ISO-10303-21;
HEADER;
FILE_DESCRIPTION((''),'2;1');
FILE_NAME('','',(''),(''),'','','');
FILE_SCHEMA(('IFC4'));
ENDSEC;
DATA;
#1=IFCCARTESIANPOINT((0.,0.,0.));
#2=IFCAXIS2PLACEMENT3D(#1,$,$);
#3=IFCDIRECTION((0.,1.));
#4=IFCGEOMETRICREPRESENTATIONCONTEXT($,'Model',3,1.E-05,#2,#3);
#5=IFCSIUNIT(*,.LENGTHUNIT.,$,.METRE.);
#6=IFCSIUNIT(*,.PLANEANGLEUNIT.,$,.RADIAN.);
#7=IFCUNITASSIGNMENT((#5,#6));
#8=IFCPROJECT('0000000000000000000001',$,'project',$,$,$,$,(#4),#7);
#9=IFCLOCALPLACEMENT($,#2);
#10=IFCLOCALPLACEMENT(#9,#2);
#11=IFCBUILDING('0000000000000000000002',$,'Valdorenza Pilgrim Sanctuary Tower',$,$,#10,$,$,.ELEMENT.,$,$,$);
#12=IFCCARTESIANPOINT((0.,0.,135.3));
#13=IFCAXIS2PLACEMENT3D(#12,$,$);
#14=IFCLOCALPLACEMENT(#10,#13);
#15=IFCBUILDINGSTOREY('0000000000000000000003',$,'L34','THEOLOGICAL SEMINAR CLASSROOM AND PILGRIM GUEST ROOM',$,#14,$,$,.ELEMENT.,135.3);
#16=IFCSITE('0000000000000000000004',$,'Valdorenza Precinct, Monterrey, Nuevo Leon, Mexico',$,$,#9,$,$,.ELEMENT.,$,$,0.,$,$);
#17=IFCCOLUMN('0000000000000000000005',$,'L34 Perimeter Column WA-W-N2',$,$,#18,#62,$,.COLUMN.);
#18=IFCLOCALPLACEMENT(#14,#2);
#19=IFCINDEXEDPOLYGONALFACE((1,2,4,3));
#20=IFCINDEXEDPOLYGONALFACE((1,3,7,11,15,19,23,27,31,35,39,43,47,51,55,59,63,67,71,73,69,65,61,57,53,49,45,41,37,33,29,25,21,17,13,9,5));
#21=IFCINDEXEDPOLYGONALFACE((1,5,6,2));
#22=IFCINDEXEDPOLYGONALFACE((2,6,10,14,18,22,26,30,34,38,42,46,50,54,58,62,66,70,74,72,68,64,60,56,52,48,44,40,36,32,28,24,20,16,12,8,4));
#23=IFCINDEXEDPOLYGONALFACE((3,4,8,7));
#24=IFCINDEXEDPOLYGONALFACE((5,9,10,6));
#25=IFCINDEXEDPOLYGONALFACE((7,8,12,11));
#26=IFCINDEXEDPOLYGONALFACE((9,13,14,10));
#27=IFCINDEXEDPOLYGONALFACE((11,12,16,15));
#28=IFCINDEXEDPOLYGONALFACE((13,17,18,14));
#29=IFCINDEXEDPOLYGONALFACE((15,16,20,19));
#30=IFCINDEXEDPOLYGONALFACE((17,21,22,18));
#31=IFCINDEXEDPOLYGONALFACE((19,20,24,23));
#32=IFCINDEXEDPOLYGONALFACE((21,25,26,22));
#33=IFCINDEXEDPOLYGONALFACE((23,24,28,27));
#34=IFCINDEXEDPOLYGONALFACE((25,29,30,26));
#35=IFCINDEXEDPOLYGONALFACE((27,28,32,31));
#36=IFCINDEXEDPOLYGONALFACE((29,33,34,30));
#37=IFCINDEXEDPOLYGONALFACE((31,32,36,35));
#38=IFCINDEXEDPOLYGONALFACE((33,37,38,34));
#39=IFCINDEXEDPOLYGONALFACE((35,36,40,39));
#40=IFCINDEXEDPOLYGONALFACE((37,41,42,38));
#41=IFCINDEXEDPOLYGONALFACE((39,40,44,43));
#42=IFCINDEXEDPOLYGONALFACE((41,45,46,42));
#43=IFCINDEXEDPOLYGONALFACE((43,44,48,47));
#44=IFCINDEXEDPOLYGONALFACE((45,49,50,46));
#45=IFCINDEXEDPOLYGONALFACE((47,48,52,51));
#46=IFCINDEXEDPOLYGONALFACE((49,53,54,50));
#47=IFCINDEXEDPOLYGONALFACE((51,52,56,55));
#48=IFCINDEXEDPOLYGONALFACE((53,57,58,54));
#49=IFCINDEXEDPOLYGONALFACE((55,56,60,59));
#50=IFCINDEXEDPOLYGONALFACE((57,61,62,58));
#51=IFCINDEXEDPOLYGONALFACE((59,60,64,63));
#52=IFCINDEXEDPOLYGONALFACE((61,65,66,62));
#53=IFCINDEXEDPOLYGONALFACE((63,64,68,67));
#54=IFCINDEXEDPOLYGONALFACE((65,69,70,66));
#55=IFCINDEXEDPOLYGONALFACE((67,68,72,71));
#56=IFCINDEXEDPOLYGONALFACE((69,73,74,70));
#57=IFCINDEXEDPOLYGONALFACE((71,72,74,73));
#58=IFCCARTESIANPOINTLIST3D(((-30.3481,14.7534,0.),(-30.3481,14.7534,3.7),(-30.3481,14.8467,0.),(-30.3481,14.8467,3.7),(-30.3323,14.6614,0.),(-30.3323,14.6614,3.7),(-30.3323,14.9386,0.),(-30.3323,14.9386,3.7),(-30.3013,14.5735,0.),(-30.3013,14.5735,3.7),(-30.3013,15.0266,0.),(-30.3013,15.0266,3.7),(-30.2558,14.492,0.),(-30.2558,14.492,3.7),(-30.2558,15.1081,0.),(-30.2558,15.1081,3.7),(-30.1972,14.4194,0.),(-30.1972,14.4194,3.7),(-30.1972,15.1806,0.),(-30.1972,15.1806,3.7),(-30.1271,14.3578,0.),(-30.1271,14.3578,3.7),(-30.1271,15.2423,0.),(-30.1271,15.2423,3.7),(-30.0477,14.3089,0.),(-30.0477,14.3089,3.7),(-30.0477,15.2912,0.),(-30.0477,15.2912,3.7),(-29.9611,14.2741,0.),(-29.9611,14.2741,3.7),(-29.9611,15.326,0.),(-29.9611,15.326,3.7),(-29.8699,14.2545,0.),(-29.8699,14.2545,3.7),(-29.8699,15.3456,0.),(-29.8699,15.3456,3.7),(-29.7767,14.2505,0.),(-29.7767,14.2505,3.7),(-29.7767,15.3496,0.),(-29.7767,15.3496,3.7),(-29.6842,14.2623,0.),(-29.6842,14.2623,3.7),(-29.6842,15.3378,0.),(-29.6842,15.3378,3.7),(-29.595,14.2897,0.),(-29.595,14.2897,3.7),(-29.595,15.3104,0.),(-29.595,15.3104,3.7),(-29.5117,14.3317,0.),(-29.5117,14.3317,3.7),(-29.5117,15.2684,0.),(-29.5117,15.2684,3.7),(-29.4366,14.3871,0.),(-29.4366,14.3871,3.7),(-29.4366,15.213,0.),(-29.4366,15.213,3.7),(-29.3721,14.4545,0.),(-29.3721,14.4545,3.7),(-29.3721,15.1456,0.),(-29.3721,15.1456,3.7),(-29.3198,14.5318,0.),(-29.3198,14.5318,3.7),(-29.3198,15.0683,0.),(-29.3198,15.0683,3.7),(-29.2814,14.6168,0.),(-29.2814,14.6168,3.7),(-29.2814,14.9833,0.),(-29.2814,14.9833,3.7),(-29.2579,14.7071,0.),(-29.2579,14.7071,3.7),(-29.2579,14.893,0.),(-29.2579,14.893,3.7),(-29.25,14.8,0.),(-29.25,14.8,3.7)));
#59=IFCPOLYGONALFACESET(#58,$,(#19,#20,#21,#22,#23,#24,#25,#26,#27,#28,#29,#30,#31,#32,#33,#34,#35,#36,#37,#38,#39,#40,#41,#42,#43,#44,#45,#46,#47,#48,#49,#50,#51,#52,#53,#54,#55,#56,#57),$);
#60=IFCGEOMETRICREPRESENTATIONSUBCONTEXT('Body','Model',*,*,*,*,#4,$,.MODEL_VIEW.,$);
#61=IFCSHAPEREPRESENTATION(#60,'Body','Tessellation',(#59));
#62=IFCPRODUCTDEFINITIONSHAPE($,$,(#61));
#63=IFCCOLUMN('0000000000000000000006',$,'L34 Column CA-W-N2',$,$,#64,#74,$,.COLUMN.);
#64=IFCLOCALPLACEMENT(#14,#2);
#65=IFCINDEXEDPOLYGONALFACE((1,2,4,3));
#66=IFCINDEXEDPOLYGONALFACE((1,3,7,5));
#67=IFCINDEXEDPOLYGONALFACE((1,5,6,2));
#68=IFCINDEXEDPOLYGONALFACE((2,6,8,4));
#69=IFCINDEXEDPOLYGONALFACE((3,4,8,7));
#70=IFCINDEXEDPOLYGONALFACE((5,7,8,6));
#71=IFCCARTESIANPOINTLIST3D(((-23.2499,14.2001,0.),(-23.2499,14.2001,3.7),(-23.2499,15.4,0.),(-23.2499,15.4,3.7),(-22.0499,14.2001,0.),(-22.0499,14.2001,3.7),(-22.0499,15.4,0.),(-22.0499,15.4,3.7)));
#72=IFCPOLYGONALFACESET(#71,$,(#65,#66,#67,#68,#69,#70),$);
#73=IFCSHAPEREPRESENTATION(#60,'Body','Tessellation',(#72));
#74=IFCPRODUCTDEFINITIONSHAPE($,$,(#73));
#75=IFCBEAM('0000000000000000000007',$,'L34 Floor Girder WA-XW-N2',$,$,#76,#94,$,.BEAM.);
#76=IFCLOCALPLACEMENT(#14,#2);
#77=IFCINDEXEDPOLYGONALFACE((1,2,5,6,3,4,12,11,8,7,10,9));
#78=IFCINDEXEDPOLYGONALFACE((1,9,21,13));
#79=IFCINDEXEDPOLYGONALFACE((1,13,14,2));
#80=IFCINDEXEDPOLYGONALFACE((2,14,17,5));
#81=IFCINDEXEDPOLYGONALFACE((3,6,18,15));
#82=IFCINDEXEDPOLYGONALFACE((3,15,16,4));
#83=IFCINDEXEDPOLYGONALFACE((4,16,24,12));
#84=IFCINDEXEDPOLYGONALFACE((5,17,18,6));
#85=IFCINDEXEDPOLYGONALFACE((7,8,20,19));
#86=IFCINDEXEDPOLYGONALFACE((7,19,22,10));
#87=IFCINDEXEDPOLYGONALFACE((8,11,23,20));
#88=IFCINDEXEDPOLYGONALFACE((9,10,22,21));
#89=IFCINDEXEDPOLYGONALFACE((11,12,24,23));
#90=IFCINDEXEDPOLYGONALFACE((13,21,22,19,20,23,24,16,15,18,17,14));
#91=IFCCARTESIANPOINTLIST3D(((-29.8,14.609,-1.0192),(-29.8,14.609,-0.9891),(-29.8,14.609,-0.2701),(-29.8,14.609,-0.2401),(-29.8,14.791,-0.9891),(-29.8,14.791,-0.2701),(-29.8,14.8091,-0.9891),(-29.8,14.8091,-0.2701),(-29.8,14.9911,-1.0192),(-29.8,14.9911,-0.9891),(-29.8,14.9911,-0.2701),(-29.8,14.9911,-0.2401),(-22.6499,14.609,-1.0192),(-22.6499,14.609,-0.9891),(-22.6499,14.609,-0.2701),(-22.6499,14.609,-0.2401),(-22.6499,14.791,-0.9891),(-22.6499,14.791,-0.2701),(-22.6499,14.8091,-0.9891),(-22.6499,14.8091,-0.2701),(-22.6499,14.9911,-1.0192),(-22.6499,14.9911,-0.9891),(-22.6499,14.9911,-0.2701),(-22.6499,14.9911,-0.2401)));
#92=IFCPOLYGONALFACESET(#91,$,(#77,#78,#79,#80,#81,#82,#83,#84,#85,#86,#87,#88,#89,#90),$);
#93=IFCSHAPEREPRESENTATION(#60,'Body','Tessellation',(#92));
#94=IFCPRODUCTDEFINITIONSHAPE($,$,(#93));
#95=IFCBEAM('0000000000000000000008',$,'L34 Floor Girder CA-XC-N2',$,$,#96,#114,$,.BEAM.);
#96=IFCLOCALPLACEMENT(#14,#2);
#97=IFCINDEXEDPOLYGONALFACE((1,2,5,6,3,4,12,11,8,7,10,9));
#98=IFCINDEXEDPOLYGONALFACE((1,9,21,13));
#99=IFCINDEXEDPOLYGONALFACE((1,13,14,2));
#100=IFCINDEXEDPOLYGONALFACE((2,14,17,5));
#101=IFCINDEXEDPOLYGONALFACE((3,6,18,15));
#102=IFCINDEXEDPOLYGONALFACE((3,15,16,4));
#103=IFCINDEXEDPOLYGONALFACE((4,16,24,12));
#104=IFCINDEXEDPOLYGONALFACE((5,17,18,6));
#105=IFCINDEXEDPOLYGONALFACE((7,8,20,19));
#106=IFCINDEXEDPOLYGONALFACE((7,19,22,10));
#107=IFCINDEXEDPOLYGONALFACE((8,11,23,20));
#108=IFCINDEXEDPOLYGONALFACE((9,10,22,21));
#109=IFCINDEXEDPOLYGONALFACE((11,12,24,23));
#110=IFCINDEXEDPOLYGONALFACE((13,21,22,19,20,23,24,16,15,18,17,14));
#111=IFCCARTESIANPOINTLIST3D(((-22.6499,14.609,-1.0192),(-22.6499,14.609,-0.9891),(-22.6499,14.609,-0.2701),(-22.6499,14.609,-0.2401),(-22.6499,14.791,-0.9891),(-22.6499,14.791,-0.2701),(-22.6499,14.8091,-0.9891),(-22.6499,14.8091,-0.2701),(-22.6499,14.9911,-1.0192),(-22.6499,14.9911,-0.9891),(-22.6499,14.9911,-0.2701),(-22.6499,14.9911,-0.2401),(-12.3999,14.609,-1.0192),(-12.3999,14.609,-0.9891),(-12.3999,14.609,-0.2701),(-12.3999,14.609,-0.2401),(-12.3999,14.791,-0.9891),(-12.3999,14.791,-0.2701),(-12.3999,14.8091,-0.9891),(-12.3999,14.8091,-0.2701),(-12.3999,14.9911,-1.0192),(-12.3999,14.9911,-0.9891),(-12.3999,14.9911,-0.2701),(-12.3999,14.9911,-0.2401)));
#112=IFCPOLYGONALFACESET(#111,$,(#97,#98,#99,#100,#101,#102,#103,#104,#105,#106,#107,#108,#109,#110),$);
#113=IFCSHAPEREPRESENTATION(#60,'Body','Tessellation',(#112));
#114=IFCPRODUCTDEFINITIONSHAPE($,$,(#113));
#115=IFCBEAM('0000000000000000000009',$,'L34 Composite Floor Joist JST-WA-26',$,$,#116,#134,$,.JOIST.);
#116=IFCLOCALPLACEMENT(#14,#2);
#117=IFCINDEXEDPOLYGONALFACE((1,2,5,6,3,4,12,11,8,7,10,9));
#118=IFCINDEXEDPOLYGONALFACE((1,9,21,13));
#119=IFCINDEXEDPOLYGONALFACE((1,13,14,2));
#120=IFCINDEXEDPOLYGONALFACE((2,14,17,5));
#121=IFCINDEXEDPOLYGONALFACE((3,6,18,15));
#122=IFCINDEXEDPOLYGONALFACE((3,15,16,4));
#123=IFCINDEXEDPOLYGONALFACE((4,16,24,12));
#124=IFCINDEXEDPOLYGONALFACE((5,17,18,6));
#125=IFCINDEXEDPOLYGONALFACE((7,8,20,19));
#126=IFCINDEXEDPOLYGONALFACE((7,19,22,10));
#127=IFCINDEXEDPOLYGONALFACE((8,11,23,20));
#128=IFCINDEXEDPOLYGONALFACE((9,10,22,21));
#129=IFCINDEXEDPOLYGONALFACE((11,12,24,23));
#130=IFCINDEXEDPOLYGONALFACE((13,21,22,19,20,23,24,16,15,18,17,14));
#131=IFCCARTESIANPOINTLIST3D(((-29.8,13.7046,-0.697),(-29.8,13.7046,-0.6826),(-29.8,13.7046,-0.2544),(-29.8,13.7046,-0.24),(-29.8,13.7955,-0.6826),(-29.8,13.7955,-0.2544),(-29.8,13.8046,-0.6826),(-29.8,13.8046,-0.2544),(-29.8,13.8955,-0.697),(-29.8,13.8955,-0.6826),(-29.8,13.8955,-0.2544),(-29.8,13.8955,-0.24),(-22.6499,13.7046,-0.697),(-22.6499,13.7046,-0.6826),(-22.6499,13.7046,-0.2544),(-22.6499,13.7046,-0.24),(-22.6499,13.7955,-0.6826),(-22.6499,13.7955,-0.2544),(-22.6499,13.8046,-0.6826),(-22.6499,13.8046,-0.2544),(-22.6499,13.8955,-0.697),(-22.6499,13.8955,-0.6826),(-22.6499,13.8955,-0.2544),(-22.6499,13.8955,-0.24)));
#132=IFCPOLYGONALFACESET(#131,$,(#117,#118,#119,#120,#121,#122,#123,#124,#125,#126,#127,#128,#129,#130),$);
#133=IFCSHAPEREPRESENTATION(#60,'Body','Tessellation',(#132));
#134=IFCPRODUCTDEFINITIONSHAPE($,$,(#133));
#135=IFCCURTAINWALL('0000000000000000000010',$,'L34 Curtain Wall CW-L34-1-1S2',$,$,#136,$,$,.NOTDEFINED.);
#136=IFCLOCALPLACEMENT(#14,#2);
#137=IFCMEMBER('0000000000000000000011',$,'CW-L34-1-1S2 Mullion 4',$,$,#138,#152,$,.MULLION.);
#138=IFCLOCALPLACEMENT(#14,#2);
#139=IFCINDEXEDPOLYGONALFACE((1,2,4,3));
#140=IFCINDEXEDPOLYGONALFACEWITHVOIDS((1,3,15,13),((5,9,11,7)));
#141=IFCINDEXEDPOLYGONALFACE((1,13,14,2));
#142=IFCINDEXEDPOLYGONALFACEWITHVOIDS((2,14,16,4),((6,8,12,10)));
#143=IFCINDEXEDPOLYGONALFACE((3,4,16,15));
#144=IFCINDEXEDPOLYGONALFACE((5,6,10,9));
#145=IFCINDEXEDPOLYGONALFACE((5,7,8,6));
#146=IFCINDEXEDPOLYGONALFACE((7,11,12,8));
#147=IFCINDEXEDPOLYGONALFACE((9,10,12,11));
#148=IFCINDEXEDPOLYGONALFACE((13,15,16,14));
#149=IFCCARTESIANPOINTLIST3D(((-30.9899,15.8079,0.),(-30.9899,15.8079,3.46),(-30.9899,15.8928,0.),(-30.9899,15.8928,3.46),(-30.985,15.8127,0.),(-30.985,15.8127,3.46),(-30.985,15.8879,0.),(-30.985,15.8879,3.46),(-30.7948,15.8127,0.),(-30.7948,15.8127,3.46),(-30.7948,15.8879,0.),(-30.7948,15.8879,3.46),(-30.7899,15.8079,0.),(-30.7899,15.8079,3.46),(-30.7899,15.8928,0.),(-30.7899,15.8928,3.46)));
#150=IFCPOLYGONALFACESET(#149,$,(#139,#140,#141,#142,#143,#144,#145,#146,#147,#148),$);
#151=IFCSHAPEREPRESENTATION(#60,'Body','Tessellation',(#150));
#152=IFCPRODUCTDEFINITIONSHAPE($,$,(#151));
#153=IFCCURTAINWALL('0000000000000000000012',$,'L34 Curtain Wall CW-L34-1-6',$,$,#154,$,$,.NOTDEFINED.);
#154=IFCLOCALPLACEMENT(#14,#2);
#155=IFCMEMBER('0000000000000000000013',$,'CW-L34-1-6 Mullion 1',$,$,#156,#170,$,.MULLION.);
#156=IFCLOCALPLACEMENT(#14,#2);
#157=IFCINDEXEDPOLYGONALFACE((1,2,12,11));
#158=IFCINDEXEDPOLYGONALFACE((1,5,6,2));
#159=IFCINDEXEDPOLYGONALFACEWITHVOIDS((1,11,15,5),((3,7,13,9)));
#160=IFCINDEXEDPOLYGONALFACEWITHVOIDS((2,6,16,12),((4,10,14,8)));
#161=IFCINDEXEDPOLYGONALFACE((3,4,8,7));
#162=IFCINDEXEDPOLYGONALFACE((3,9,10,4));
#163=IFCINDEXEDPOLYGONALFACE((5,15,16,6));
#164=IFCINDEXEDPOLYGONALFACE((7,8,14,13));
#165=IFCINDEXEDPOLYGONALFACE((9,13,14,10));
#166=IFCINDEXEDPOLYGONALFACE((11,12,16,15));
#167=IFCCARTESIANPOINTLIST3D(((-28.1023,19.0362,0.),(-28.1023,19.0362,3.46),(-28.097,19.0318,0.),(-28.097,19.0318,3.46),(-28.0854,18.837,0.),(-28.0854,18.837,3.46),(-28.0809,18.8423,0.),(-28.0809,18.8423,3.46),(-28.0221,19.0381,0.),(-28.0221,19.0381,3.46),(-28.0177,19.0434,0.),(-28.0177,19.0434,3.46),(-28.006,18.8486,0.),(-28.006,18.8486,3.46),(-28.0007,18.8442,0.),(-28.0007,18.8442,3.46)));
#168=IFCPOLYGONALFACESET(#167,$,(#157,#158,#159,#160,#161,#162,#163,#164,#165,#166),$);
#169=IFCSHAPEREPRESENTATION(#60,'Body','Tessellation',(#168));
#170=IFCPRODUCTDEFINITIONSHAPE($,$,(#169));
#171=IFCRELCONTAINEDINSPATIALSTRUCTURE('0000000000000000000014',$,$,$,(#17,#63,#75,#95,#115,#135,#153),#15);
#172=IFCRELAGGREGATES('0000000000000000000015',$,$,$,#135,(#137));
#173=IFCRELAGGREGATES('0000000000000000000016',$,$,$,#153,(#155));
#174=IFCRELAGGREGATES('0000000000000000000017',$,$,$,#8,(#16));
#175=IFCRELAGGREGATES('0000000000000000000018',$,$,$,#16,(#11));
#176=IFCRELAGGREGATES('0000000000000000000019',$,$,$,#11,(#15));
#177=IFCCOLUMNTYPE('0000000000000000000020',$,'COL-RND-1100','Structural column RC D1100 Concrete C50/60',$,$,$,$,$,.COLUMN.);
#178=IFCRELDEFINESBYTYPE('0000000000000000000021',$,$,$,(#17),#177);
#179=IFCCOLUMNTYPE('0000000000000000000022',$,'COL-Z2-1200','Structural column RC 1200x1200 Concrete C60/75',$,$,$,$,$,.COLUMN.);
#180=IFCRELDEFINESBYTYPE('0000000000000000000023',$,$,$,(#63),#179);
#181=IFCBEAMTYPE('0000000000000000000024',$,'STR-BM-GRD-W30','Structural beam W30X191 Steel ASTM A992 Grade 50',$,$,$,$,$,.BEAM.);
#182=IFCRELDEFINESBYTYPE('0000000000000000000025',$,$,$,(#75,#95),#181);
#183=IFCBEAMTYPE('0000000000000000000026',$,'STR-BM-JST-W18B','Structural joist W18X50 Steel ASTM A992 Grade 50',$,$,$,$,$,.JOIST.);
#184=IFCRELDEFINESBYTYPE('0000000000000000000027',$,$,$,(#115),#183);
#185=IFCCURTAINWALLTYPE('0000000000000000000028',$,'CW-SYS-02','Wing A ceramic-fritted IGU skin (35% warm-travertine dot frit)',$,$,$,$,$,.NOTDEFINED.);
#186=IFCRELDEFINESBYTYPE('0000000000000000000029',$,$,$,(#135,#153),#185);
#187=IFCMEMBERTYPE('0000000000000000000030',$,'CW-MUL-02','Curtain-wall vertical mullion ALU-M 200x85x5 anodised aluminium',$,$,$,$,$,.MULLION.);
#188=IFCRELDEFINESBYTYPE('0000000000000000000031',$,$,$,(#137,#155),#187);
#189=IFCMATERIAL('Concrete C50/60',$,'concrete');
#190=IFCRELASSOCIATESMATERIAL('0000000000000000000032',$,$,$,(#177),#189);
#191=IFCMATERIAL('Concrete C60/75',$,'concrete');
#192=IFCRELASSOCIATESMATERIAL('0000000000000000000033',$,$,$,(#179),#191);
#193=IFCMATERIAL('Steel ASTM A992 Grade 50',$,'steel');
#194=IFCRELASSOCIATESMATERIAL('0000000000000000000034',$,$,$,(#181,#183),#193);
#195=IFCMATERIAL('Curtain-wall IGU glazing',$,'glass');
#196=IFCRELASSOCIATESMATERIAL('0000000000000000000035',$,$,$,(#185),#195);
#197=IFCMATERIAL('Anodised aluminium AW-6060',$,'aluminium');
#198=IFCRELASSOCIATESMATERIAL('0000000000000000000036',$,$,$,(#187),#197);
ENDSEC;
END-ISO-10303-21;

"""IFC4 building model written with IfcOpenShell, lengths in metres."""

from ifc_helpers import new_model, si_unit, direction, frame, origin, origin_2d, place, context, subcontext, project, spatial, rectangle, hollow_rectangle, circle, i_section, extrude, source, transform, mapped, material, material_profile, profile_set, type_object, element, aggregate, save


model = new_model("IFC4")

# Units and contexts
model_context = context("Model", 3, precision=1e-05, world=origin(), true_north=direction((0.0, 1.0)))
body_context = subcontext(model_context, "Body", "Model", "MODEL_VIEW")
ifc_project = project(units=[si_unit("LENGTHUNIT", "METRE"), si_unit("PLANEANGLEUNIT", "RADIAN")], contexts=[model_context])

# Site, building, storey
site_placement = place(None, origin())
site = spatial("IfcSite", under=ifc_project, at=site_placement, Name="Valdorenza Precinct, Monterrey, Nuevo Leon, Mexico", CompositionType="ELEMENT", RefElevation=0.0)
building_placement = place(site_placement, origin())
building = spatial("IfcBuilding", under=site, at=building_placement, Name="Valdorenza Pilgrim Sanctuary Tower", CompositionType="ELEMENT")
storey_placement = place(building_placement, frame((0.0, 0.0, 135.3)))
storey = spatial("IfcBuildingStorey", under=building, at=storey_placement, Name="L34", Description="THEOLOGICAL SEMINAR CLASSROOM AND PILGRIM GUEST ROOM", CompositionType="ELEMENT", Elevation=135.3)

# Columns
ifc_material_1 = material(Name="Concrete C50/60", Category="concrete")
ifc_material_profile_1 = material_profile(ifc_material_1, circle(Radius=0.55, at=origin_2d()), Name="RC D1100")
ifc_profile_set_1 = profile_set([ifc_material_profile_1], Name="Concrete C50/60")
column_type_1 = type_object("IfcColumnType", Name="COL-RND-1100", Description="Structural column RC D1100 Concrete C50/60", PredefinedType="COLUMN", material=ifc_profile_set_1)
shared_shape_1 = source(origin(), body_context, "Body", "SweptSolid", [
    extrude(circle(Radius=0.55, at=origin_2d()), origin(), (0.0, 0.0, 1.0), 3.7),
])
column_1_placement = place(storey_placement, frame((-29.8, 14.8, 0.0), z_axis=(0.0, 0.0, 1.0), x_axis=(1.0, 0.0, 0.0)))
element("IfcColumn", 1, at=column_1_placement, inside=storey, type_object=column_type_1, Name="L34 Perimeter Column WA-W-N2", PredefinedType="COLUMN", context=body_context, shape_type="MappedRepresentation", body=[
    mapped(shared_shape_1, transform((0.0, 0.0, 0.0), x_axis=(1.0, 0.0, 0.0), y_axis=(0.0, 1.0, 0.0), z_axis=(0.0, 0.0, 1.0), scale=1.0)),
])
ifc_material_2 = material(Name="Concrete C60/75", Category="concrete")
ifc_material_profile_2 = material_profile(ifc_material_2, rectangle(XDim=1.2, YDim=1.2, at=origin_2d()), Name="RC 1200x1200")
ifc_profile_set_2 = profile_set([ifc_material_profile_2], Name="Concrete C60/75")
column_type_2 = type_object("IfcColumnType", Name="COL-Z2-1200", Description="Structural column RC 1200x1200 Concrete C60/75", PredefinedType="COLUMN", material=ifc_profile_set_2)
shared_shape_2 = source(origin(), body_context, "Body", "SweptSolid", [
    extrude(rectangle(XDim=1.2, YDim=1.2, at=origin_2d()), origin(), (0.0, 0.0, 1.0), 3.7),
])
column_2_placement = place(storey_placement, frame((-22.6499, 14.8, 0.0), z_axis=(0.0, 0.0, 1.0), x_axis=(1.0, 0.0, 0.0)))
element("IfcColumn", 2, at=column_2_placement, inside=storey, type_object=column_type_2, Name="L34 Column CA-W-N2", PredefinedType="COLUMN", context=body_context, shape_type="MappedRepresentation", body=[
    mapped(shared_shape_2, transform((0.0, 0.0, 0.0), x_axis=(1.0, 0.0, 0.0), y_axis=(0.0, 1.0, 0.0), z_axis=(0.0, 0.0, 1.0), scale=1.0)),
])

# Beams
ifc_material_3 = material(Name="Steel ASTM A992 Grade 50", Category="steel")
ifc_material_profile_3 = material_profile(ifc_material_3, i_section(OverallWidth=0.3821, OverallDepth=0.7791, WebThickness=0.0181, FlangeThickness=0.03, at=origin_2d()), Name="W30X191")
ifc_profile_set_3 = profile_set([ifc_material_profile_3], Name="Steel ASTM A992 Grade 50")
beam_type_1 = type_object("IfcBeamType", Name="STR-BM-GRD-W30", Description="Structural beam W30X191 Steel ASTM A992 Grade 50", PredefinedType="BEAM", material=ifc_profile_set_3)
shared_shape_3 = source(origin(), body_context, "Body", "SweptSolid", [
    extrude(i_section(OverallWidth=0.3821, OverallDepth=0.7791, WebThickness=0.0181, FlangeThickness=0.03, at=origin_2d()), origin(), (0.0, 0.0, 1.0), 7.1501),
])
beam_1_placement = place(storey_placement, frame((-29.8, 14.8, -0.6296), z_axis=(1.0, 0.0, 0.0), x_axis=(0.0, 1.0, 0.0)))
element("IfcBeam", 3, at=beam_1_placement, inside=storey, type_object=beam_type_1, Name="L34 Floor Girder WA-XW-N2", PredefinedType="BEAM", context=body_context, shape_type="MappedRepresentation", body=[
    mapped(shared_shape_3, transform((0.0, 0.0, 0.0), x_axis=(1.0, 0.0, 0.0), y_axis=(0.0, 1.0, 0.0), z_axis=(0.0, 0.0, 1.0), scale=1.0)),
])
shared_shape_4 = source(origin(), body_context, "Body", "SweptSolid", [
    extrude(i_section(OverallWidth=0.3821, OverallDepth=0.7791, WebThickness=0.0181, FlangeThickness=0.03, at=origin_2d()), origin(), (0.0, 0.0, 1.0), 10.25),
])
beam_2_placement = place(storey_placement, frame((-22.6499, 14.8, -0.6296), z_axis=(1.0, 0.0, 0.0), x_axis=(0.0, 1.0, 0.0)))
element("IfcBeam", 4, at=beam_2_placement, inside=storey, type_object=beam_type_1, Name="L34 Floor Girder CA-XC-N2", PredefinedType="BEAM", context=body_context, shape_type="MappedRepresentation", body=[
    mapped(shared_shape_4, transform((0.0, 0.0, 0.0), x_axis=(1.0, 0.0, 0.0), y_axis=(0.0, 1.0, 0.0), z_axis=(0.0, 0.0, 1.0), scale=1.0)),
])
ifc_material_profile_4 = material_profile(ifc_material_3, i_section(OverallWidth=0.1909, OverallDepth=0.457, WebThickness=0.009, FlangeThickness=0.0144, at=origin_2d()), Name="W18X50")
ifc_profile_set_4 = profile_set([ifc_material_profile_4], Name="Steel ASTM A992 Grade 50")
beam_type_2 = type_object("IfcBeamType", Name="STR-BM-JST-W18B", Description="Structural joist W18X50 Steel ASTM A992 Grade 50", PredefinedType="JOIST", material=ifc_profile_set_4)
shared_shape_5 = source(origin(), body_context, "Body", "SweptSolid", [
    extrude(i_section(OverallWidth=0.1909, OverallDepth=0.457, WebThickness=0.009, FlangeThickness=0.0144, at=origin_2d()), origin(), (0.0, 0.0, 1.0), 7.1501),
])
beam_3_placement = place(storey_placement, frame((-29.8, 13.8, -0.4685), z_axis=(1.0, 0.0, 0.0), x_axis=(0.0, 1.0, 0.0)))
element("IfcBeam", 5, at=beam_3_placement, inside=storey, type_object=beam_type_2, Name="L34 Composite Floor Joist JST-WA-26", PredefinedType="JOIST", context=body_context, shape_type="MappedRepresentation", body=[
    mapped(shared_shape_5, transform((0.0, 0.0, 0.0), x_axis=(1.0, 0.0, 0.0), y_axis=(0.0, 1.0, 0.0), z_axis=(0.0, 0.0, 1.0), scale=1.0)),
])

# Curtain wall, member
ifc_material_4 = material(Name="Curtain-wall IGU glazing", Category="glass")
curtain_wall_type = type_object("IfcCurtainWallType", Name="CW-SYS-02", Description="Wing A ceramic-fritted IGU skin (35% warm-travertine dot frit)", PredefinedType="NOTDEFINED", material=ifc_material_4)
curtain_wall_1_placement = place(storey_placement, origin())
curtain_wall_1 = element("IfcCurtainWall", 6, at=curtain_wall_1_placement, inside=storey, type_object=curtain_wall_type, Name="L34 Curtain Wall CW-L34-1-1S2", PredefinedType="NOTDEFINED")
ifc_material_5 = material(Name="Anodised aluminium AW-6060", Category="aluminium")
ifc_material_profile_5 = material_profile(ifc_material_5, hollow_rectangle(XDim=0.085, YDim=0.2, WallThickness=0.0049, at=origin_2d()), Name="ALU-M 200x85x5")
ifc_profile_set_5 = profile_set([ifc_material_profile_5], Name="Anodised aluminium AW-6060")
member_type_1 = type_object("IfcMemberType", Name="CW-MUL-02", Description="Curtain-wall vertical mullion ALU-M 200x85x5 anodised aluminium", PredefinedType="MULLION", material=ifc_profile_set_5)
shared_shape_6 = source(origin(), body_context, "Body", "SweptSolid", [
    extrude(hollow_rectangle(XDim=0.085, YDim=0.2, WallThickness=0.0049, at=origin_2d()), origin(), (0.0, 0.0, 1.0), 3.46),
])
member_1_placement = place(storey_placement, frame((-30.8899, 15.8503, 0.0), z_axis=(0.0, 0.0, 1.0), x_axis=(0.0, 1.0, 0.0)))
member_1 = element("IfcMember", 7, at=member_1_placement, type_object=member_type_1, Name="CW-L34-1-1S2 Mullion 4", PredefinedType="MULLION", context=body_context, shape_type="MappedRepresentation", body=[
    mapped(shared_shape_6, transform((0.0, 0.0, 0.0), x_axis=(1.0, 0.0, 0.0), y_axis=(0.0, 1.0, 0.0), z_axis=(0.0, 0.0, 1.0), scale=1.0)),
])
aggregate(curtain_wall_1, [member_1])

# Curtain wall, member
curtain_wall_2_placement = place(storey_placement, origin())
curtain_wall_2 = element("IfcCurtainWall", 8, at=curtain_wall_2_placement, inside=storey, type_object=curtain_wall_type, Name="L34 Curtain Wall CW-L34-1-6", PredefinedType="NOTDEFINED")
member_2_placement = place(storey_placement, frame((-28.0515, 18.9402, 0.0), z_axis=(0.0, 0.0, 1.0), x_axis=(0.996408, 0.084687, 0.0)))
member_2 = element("IfcMember", 9, at=member_2_placement, type_object=member_type_1, Name="CW-L34-1-6 Mullion 1", PredefinedType="MULLION", context=body_context, shape_type="MappedRepresentation", body=[
    mapped(shared_shape_6, transform((0.0, 0.0, 0.0), x_axis=(1.0, 0.0, 0.0), y_axis=(0.0, 1.0, 0.0), z_axis=(0.0, 0.0, 1.0), scale=1.0)),
])
aggregate(curtain_wall_2, [member_2])

save(model, "model.ifc")
